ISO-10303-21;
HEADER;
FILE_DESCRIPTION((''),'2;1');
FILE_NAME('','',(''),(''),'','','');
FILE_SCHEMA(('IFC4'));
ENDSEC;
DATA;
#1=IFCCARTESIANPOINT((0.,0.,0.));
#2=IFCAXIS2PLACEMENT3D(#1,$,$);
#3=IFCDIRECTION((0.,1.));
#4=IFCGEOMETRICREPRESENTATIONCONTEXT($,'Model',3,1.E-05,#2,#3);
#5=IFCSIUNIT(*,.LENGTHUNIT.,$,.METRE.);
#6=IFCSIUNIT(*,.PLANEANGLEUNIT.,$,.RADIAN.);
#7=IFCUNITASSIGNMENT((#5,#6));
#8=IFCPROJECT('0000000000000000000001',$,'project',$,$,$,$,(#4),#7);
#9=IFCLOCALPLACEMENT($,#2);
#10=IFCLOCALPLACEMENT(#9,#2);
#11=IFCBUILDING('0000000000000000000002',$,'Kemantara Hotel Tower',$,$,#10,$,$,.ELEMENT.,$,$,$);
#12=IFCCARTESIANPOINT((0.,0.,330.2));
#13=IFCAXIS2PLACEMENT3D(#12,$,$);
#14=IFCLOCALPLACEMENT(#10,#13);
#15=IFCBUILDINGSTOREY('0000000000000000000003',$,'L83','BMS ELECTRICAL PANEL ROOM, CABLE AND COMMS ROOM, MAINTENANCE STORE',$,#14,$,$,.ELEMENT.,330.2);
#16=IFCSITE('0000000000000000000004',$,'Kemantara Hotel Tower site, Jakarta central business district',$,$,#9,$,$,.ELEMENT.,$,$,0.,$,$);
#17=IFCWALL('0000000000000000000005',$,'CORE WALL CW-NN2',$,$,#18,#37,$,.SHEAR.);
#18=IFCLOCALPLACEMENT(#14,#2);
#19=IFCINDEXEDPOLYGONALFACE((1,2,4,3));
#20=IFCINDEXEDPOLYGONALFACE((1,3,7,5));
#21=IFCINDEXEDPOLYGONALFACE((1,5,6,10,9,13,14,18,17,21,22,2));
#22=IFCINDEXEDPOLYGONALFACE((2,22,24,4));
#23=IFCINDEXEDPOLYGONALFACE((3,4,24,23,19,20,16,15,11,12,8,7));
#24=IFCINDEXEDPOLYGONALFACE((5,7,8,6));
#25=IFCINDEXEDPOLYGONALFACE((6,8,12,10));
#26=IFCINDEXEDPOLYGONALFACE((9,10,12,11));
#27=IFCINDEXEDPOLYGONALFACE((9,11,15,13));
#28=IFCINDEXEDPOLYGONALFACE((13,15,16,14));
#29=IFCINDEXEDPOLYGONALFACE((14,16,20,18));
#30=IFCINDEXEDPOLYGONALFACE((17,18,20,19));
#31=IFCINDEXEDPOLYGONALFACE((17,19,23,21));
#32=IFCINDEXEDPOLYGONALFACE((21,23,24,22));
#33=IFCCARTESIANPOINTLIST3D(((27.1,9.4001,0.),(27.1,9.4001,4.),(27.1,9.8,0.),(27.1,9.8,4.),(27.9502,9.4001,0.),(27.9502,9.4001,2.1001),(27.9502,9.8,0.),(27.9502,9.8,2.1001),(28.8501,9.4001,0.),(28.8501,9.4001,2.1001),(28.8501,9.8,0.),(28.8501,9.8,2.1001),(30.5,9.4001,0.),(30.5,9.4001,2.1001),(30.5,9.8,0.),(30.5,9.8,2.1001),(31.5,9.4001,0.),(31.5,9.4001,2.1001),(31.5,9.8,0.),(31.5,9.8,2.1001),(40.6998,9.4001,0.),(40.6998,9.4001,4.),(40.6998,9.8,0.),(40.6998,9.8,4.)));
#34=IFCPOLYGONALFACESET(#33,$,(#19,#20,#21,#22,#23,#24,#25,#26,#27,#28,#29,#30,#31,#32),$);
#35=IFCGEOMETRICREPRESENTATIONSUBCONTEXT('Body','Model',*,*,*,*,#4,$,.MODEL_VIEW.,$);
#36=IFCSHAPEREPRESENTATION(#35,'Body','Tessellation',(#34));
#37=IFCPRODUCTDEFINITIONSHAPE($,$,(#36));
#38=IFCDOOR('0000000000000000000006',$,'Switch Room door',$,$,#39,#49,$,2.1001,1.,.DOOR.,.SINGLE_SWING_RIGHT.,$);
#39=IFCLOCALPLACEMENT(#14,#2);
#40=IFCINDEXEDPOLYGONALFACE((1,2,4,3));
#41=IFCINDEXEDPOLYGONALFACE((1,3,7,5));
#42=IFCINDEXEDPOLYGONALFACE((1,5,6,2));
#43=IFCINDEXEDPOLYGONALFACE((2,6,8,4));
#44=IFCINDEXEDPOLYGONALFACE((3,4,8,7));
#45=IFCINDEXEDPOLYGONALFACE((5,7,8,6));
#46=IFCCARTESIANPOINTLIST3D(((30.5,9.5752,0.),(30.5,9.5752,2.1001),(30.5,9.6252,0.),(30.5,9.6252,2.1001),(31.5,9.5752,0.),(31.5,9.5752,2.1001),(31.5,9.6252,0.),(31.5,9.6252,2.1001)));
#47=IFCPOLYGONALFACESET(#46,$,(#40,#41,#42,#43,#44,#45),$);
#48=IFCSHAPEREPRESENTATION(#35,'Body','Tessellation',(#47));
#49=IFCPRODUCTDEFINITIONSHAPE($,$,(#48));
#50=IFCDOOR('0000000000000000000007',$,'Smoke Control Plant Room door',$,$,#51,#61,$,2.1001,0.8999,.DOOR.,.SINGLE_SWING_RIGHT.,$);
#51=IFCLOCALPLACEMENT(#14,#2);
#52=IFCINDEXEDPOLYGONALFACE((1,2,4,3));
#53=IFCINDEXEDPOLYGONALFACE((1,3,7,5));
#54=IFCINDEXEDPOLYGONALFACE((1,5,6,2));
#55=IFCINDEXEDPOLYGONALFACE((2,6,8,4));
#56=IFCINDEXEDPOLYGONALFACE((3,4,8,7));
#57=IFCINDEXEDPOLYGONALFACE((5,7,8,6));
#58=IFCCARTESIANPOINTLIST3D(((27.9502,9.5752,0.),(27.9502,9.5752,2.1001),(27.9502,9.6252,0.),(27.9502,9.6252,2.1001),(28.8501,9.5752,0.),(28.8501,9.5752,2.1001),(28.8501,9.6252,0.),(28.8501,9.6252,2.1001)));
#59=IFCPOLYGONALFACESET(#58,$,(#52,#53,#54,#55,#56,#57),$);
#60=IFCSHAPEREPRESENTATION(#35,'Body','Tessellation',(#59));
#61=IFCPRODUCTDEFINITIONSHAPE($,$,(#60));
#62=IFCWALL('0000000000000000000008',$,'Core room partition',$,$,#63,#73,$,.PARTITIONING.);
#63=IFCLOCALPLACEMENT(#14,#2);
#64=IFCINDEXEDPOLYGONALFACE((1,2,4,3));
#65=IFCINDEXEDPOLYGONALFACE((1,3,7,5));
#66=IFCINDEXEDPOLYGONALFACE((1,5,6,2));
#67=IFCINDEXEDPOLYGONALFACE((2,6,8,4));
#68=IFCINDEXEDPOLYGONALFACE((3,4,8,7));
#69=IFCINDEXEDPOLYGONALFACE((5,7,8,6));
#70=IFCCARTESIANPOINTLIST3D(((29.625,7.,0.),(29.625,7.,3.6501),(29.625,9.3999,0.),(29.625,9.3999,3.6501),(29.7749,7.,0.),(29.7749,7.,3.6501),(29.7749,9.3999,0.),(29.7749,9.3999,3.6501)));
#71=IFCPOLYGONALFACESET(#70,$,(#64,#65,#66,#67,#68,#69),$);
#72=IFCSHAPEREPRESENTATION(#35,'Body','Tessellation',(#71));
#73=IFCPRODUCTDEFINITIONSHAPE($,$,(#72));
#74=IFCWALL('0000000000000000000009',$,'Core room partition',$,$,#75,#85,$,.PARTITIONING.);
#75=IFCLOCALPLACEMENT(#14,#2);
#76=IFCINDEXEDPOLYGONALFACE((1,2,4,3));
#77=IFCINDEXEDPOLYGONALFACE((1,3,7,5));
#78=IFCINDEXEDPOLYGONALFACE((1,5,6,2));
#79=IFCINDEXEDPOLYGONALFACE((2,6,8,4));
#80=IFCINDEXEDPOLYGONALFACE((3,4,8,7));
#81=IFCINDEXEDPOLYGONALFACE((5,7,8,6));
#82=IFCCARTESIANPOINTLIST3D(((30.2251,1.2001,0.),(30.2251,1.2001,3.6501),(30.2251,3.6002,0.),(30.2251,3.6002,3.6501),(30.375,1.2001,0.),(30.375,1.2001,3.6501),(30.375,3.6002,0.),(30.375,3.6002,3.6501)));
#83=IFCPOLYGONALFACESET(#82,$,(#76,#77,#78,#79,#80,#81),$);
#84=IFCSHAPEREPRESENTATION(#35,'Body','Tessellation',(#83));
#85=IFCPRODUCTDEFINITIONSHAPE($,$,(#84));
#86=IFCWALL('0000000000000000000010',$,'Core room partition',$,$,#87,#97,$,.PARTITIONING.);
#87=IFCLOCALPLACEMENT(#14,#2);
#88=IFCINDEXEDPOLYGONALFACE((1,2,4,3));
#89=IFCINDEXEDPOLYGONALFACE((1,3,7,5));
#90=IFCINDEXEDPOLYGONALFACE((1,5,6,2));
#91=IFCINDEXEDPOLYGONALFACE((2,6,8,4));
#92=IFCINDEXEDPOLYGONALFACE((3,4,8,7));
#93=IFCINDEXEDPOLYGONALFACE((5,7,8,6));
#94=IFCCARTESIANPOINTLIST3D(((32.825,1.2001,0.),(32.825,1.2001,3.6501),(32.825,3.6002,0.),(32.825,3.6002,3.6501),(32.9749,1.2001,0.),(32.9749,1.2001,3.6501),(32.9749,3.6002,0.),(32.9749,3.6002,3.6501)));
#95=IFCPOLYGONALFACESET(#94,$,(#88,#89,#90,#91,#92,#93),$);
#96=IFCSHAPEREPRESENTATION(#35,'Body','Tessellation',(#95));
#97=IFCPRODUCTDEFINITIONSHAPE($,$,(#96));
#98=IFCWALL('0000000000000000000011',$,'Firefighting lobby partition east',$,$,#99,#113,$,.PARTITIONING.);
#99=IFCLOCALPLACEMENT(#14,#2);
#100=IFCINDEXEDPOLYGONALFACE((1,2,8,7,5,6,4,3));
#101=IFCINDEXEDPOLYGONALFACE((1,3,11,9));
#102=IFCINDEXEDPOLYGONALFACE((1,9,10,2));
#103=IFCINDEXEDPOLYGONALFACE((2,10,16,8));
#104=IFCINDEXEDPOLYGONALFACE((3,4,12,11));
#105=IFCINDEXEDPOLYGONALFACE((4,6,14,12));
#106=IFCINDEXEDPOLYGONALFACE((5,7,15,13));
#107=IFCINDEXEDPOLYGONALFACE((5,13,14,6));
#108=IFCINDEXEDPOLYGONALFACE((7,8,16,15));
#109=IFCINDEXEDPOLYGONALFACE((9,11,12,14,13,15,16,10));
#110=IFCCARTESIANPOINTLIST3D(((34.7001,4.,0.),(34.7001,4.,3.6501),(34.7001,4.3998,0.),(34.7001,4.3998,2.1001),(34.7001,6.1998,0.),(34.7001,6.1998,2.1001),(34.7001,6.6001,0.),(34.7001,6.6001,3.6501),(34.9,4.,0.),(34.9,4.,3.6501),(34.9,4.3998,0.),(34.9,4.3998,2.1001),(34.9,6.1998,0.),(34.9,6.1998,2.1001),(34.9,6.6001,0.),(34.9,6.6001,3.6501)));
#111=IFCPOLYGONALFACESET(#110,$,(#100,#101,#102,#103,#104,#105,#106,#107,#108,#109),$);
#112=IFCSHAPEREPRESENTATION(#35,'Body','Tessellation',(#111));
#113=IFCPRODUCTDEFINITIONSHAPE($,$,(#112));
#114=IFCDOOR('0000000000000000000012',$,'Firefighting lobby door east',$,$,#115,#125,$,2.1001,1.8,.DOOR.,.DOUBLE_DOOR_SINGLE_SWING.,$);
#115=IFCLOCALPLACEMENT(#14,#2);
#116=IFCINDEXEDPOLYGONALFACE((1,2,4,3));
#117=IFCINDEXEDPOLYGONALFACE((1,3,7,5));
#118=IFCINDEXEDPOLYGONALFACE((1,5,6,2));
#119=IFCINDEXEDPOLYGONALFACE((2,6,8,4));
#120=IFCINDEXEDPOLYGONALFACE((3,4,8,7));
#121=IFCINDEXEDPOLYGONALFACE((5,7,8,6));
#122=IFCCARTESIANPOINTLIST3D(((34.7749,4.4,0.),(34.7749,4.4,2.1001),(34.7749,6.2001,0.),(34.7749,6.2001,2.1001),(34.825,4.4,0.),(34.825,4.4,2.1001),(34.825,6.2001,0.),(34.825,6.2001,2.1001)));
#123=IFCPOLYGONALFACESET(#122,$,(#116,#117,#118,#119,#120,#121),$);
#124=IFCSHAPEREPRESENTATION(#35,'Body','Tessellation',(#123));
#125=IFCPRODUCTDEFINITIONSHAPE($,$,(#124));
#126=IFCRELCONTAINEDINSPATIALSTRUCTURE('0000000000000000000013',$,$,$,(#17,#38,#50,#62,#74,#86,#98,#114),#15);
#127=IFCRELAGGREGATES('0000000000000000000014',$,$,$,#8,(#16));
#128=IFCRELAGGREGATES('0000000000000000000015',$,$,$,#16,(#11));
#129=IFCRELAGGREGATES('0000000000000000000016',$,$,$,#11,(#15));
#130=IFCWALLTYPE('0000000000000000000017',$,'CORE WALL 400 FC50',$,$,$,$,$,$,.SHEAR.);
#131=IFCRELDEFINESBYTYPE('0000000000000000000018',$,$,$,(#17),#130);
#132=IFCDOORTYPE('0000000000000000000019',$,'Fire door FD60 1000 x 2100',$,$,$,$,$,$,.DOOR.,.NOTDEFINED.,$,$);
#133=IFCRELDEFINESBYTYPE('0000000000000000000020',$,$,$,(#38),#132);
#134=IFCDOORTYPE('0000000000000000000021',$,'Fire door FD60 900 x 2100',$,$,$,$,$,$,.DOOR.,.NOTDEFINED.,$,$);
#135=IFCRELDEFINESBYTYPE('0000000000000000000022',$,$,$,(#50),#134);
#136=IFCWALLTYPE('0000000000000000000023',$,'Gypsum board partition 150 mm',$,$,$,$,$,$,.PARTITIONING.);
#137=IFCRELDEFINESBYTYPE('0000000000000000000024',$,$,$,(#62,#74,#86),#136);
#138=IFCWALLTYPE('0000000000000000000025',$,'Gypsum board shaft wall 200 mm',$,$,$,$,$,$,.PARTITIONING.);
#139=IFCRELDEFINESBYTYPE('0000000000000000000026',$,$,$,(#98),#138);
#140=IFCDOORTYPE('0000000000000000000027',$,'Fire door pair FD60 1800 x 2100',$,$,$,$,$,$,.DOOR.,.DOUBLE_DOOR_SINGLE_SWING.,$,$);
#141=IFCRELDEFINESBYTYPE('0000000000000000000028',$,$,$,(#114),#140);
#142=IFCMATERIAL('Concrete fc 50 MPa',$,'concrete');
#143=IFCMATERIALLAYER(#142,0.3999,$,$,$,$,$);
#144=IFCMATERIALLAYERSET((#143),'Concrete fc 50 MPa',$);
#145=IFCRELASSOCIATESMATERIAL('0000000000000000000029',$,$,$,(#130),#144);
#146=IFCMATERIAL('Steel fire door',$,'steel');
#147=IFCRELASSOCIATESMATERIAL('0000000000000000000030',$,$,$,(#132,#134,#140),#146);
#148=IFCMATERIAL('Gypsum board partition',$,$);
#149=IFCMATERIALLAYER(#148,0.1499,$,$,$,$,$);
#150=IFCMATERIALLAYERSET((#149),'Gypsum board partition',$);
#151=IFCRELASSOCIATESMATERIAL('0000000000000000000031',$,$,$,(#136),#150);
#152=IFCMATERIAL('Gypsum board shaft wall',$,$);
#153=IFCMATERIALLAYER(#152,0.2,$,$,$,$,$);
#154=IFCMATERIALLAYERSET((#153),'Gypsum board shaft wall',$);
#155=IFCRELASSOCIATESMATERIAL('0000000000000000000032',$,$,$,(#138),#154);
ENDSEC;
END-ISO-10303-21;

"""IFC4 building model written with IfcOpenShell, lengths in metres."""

from ifc_helpers import new_model, si_unit, direction, frame, frame_2d, origin, place, context, subcontext, project, spatial, rectangle, extrude, material, layer, layer_set, type_object, element, fill, save


model = new_model("IFC4")

# Units and contexts
model_context = context("Model", 3, precision=1e-05, world=origin(), true_north=direction((0.0, 1.0)))
body_context = subcontext(model_context, "Body", "Model", "MODEL_VIEW")
ifc_project = project(units=[si_unit("LENGTHUNIT", "METRE"), si_unit("PLANEANGLEUNIT", "RADIAN")], contexts=[model_context])

# Site, building, storey
site_placement = place(None, origin())
site = spatial("IfcSite", under=ifc_project, at=site_placement, Name="Kemantara Hotel Tower site, Jakarta central business district", CompositionType="ELEMENT", RefElevation=0.0)
building_placement = place(site_placement, origin())
building = spatial("IfcBuilding", under=site, at=building_placement, Name="Kemantara Hotel Tower", CompositionType="ELEMENT")
storey_placement = place(building_placement, frame((0.0, 0.0, 330.2)))
storey = spatial("IfcBuildingStorey", under=building, at=storey_placement, Name="L83", Description="BMS ELECTRICAL PANEL ROOM, CABLE AND COMMS ROOM, MAINTENANCE STORE", CompositionType="ELEMENT", Elevation=330.2)

# Shared definitions
ifc_material_1 = material(Name="Concrete fc 50 MPa", Category="concrete")

# Wall, openings, doors
ifc_layer_1 = layer(ifc_material_1, 0.3999)
ifc_layer_set_1 = layer_set([ifc_layer_1], Name="Concrete fc 50 MPa")
wall_type_1 = type_object("IfcWallType", Name="CORE WALL 400 FC50", PredefinedType="SHEAR", material=ifc_layer_set_1)
wall_1_placement = place(storey_placement, frame((27.1001, 9.6001, 0.0), z_axis=(0.0, 0.0, 1.0), x_axis=(1.0, 0.0, 0.0)))
wall_1 = element("IfcWall", 1, at=wall_1_placement, inside=storey, type_object=wall_type_1, Name="CORE WALL CW-NN2", PredefinedType="SHEAR", context=body_context, shape_type="SweptSolid", body=[
    extrude(rectangle(XDim=13.5999, YDim=0.3999, at=frame_2d((6.7998, 0.0))), origin(), (0.0, 0.0, 1.0), 4.0),
])
opening_1_placement = place(wall_1_placement, frame((0.8501, 0.0, 0.0)))
opening_1 = element("IfcOpeningElement", 2, at=opening_1_placement, cuts=wall_1, PredefinedType="OPENING", context=body_context, shape_type="SweptSolid", body=[
    extrude(rectangle(XDim=0.8999, YDim=2.1001, at=frame_2d((0.45, 1.05))), frame((0.0, 0.21, 0.0), z_axis=(0.0, -1.0, 0.0), x_axis=(1.0, 0.0, 0.0)), (0.0, 0.0, 1.0), 0.4199),
])
opening_2_placement = place(wall_1_placement, frame((3.3999, 0.0, 0.0)))
opening_2 = element("IfcOpeningElement", 3, at=opening_2_placement, cuts=wall_1, PredefinedType="OPENING", context=body_context, shape_type="SweptSolid", body=[
    extrude(rectangle(XDim=1.0, YDim=2.1001, at=frame_2d((0.5, 1.05))), frame((0.0, 0.21, 0.0), z_axis=(0.0, -1.0, 0.0), x_axis=(1.0, 0.0, 0.0)), (0.0, 0.0, 1.0), 0.4199),
])
ifc_material_2 = material(Name="Steel fire door", Category="steel")
door_type_1 = type_object("IfcDoorType", Name="Fire door FD60 1000 x 2100", OperationType="NOTDEFINED", PredefinedType="DOOR", material=ifc_material_2)
door_1_placement = place(opening_2_placement, frame((1.0, 0.0, 0.0), z_axis=(0.0, 0.0, 1.0), x_axis=(-1.0, 0.0, 0.0)))
door_1 = element("IfcDoor", 4, at=door_1_placement, inside=storey, type_object=door_type_1, Name="Switch Room door", OperationType="SINGLE_SWING_RIGHT", OverallHeight=2.1001, OverallWidth=1.0, PredefinedType="DOOR", context=body_context, shape_type="SweptSolid", body=[
    extrude(rectangle(XDim=1.0, YDim=2.1001, at=frame_2d((0.5, 1.05))), frame((0.0, 0.0249, 0.0), z_axis=(0.0, -1.0, 0.0), x_axis=(1.0, 0.0, 0.0)), (0.0, 0.0, 1.0), 0.05),
])
fill(opening_2, door_1)
door_type_2 = type_object("IfcDoorType", Name="Fire door FD60 900 x 2100", OperationType="NOTDEFINED", PredefinedType="DOOR", material=ifc_material_2)
door_2_placement = place(opening_1_placement, frame((0.8999, 0.0, 0.0), z_axis=(0.0, 0.0, 1.0), x_axis=(-1.0, 0.0, 0.0)))
door_2 = element("IfcDoor", 5, at=door_2_placement, inside=storey, type_object=door_type_2, Name="Smoke Control Plant Room door", OperationType="SINGLE_SWING_RIGHT", OverallHeight=2.1001, OverallWidth=0.8999, PredefinedType="DOOR", context=body_context, shape_type="SweptSolid", body=[
    extrude(rectangle(XDim=0.8999, YDim=2.1001, at=frame_2d((0.45, 1.05))), frame((0.0, 0.0249, 0.0), z_axis=(0.0, -1.0, 0.0), x_axis=(1.0, 0.0, 0.0)), (0.0, 0.0, 1.0), 0.05),
])
fill(opening_1, door_2)

# Walls
ifc_material_3 = material(Name="Gypsum board partition")
ifc_layer_2 = layer(ifc_material_3, 0.1499)
ifc_layer_set_2 = layer_set([ifc_layer_2], Name="Gypsum board partition")
wall_type_2 = type_object("IfcWallType", Name="Gypsum board partition 150 mm", PredefinedType="PARTITIONING", material=ifc_layer_set_2)
wall_2_placement = place(storey_placement, frame((29.7, 7.0, 0.0), z_axis=(0.0, 0.0, 1.0), x_axis=(0.0, 1.0, 0.0)))
element("IfcWall", 6, at=wall_2_placement, inside=storey, type_object=wall_type_2, Name="Core room partition", PredefinedType="PARTITIONING", context=body_context, shape_type="SweptSolid", body=[
    extrude(rectangle(XDim=2.3999, YDim=0.1499, at=frame_2d((1.2, 0.0))), origin(), (0.0, 0.0, 1.0), 3.6501),
])
for number, where, z_axis, x_axis, name in (
    (7, (30.3, 1.2, 0.0), (0.0, 0.0, 1.0), (0.0, 1.0, 0.0), "Core room partition"),
    (8, (32.8999, 1.2, 0.0), (0.0, 0.0, 1.0), (0.0, 1.0, 0.0), "Core room partition"),
):
    element("IfcWall", number, at=place(storey_placement, frame(where, z_axis=z_axis, x_axis=x_axis)), inside=storey, type_object=wall_type_2, Name=name, PredefinedType="PARTITIONING", context=body_context, shape_type="SweptSolid", body=[
        extrude(rectangle(XDim=2.4001, YDim=0.1499, at=frame_2d((1.2002, 0.0))), origin(), (0.0, 0.0, 1.0), 3.6501),
    ])

# Wall, opening, door
ifc_material_4 = material(Name="Gypsum board shaft wall")
ifc_layer_3 = layer(ifc_material_4, 0.2)
ifc_layer_set_3 = layer_set([ifc_layer_3], Name="Gypsum board shaft wall")
wall_type_3 = type_object("IfcWallType", Name="Gypsum board shaft wall 200 mm", PredefinedType="PARTITIONING", material=ifc_layer_set_3)
wall_3_placement = place(storey_placement, frame((34.8, 4.0, 0.0), z_axis=(0.0, 0.0, 1.0), x_axis=(0.0, 1.0, 0.0)))
wall_3 = element("IfcWall", 9, at=wall_3_placement, inside=storey, type_object=wall_type_3, Name="Firefighting lobby partition east", PredefinedType="PARTITIONING", context=body_context, shape_type="SweptSolid", body=[
    extrude(rectangle(XDim=2.6001, YDim=0.2, at=frame_2d((1.3, 0.0))), origin(), (0.0, 0.0, 1.0), 3.6501),
])
opening_3_placement = place(wall_3_placement, frame((0.3999, 0.0, 0.0)))
opening_3 = element("IfcOpeningElement", 10, at=opening_3_placement, cuts=wall_3, PredefinedType="OPENING", context=body_context, shape_type="SweptSolid", body=[
    extrude(rectangle(XDim=1.8, YDim=2.1001, at=frame_2d((0.8999, 1.05))), frame((0.0, 0.1099, 0.0), z_axis=(0.0, -1.0, 0.0), x_axis=(1.0, 0.0, 0.0)), (0.0, 0.0, 1.0), 0.22),
])
door_type_3 = type_object("IfcDoorType", Name="Fire door pair FD60 1800 x 2100", OperationType="DOUBLE_DOOR_SINGLE_SWING", PredefinedType="DOOR", material=ifc_material_2)
door_3_placement = place(opening_3_placement, frame((1.8, 0.0, 0.0), z_axis=(0.0, 0.0, 1.0), x_axis=(-1.0, 0.0, 0.0)))
door_3 = element("IfcDoor", 11, at=door_3_placement, inside=storey, type_object=door_type_3, Name="Firefighting lobby door east", OperationType="DOUBLE_DOOR_SINGLE_SWING", OverallHeight=2.1001, OverallWidth=1.8, PredefinedType="DOOR", context=body_context, shape_type="SweptSolid", body=[
    extrude(rectangle(XDim=1.8, YDim=2.1001, at=frame_2d((0.8999, 1.05))), frame((0.0, 0.0249, 0.0), z_axis=(0.0, -1.0, 0.0), x_axis=(1.0, 0.0, 0.0)), (0.0, 0.0, 1.0), 0.05),
])
fill(opening_3, door_3)

save(model, "model.ifc")
